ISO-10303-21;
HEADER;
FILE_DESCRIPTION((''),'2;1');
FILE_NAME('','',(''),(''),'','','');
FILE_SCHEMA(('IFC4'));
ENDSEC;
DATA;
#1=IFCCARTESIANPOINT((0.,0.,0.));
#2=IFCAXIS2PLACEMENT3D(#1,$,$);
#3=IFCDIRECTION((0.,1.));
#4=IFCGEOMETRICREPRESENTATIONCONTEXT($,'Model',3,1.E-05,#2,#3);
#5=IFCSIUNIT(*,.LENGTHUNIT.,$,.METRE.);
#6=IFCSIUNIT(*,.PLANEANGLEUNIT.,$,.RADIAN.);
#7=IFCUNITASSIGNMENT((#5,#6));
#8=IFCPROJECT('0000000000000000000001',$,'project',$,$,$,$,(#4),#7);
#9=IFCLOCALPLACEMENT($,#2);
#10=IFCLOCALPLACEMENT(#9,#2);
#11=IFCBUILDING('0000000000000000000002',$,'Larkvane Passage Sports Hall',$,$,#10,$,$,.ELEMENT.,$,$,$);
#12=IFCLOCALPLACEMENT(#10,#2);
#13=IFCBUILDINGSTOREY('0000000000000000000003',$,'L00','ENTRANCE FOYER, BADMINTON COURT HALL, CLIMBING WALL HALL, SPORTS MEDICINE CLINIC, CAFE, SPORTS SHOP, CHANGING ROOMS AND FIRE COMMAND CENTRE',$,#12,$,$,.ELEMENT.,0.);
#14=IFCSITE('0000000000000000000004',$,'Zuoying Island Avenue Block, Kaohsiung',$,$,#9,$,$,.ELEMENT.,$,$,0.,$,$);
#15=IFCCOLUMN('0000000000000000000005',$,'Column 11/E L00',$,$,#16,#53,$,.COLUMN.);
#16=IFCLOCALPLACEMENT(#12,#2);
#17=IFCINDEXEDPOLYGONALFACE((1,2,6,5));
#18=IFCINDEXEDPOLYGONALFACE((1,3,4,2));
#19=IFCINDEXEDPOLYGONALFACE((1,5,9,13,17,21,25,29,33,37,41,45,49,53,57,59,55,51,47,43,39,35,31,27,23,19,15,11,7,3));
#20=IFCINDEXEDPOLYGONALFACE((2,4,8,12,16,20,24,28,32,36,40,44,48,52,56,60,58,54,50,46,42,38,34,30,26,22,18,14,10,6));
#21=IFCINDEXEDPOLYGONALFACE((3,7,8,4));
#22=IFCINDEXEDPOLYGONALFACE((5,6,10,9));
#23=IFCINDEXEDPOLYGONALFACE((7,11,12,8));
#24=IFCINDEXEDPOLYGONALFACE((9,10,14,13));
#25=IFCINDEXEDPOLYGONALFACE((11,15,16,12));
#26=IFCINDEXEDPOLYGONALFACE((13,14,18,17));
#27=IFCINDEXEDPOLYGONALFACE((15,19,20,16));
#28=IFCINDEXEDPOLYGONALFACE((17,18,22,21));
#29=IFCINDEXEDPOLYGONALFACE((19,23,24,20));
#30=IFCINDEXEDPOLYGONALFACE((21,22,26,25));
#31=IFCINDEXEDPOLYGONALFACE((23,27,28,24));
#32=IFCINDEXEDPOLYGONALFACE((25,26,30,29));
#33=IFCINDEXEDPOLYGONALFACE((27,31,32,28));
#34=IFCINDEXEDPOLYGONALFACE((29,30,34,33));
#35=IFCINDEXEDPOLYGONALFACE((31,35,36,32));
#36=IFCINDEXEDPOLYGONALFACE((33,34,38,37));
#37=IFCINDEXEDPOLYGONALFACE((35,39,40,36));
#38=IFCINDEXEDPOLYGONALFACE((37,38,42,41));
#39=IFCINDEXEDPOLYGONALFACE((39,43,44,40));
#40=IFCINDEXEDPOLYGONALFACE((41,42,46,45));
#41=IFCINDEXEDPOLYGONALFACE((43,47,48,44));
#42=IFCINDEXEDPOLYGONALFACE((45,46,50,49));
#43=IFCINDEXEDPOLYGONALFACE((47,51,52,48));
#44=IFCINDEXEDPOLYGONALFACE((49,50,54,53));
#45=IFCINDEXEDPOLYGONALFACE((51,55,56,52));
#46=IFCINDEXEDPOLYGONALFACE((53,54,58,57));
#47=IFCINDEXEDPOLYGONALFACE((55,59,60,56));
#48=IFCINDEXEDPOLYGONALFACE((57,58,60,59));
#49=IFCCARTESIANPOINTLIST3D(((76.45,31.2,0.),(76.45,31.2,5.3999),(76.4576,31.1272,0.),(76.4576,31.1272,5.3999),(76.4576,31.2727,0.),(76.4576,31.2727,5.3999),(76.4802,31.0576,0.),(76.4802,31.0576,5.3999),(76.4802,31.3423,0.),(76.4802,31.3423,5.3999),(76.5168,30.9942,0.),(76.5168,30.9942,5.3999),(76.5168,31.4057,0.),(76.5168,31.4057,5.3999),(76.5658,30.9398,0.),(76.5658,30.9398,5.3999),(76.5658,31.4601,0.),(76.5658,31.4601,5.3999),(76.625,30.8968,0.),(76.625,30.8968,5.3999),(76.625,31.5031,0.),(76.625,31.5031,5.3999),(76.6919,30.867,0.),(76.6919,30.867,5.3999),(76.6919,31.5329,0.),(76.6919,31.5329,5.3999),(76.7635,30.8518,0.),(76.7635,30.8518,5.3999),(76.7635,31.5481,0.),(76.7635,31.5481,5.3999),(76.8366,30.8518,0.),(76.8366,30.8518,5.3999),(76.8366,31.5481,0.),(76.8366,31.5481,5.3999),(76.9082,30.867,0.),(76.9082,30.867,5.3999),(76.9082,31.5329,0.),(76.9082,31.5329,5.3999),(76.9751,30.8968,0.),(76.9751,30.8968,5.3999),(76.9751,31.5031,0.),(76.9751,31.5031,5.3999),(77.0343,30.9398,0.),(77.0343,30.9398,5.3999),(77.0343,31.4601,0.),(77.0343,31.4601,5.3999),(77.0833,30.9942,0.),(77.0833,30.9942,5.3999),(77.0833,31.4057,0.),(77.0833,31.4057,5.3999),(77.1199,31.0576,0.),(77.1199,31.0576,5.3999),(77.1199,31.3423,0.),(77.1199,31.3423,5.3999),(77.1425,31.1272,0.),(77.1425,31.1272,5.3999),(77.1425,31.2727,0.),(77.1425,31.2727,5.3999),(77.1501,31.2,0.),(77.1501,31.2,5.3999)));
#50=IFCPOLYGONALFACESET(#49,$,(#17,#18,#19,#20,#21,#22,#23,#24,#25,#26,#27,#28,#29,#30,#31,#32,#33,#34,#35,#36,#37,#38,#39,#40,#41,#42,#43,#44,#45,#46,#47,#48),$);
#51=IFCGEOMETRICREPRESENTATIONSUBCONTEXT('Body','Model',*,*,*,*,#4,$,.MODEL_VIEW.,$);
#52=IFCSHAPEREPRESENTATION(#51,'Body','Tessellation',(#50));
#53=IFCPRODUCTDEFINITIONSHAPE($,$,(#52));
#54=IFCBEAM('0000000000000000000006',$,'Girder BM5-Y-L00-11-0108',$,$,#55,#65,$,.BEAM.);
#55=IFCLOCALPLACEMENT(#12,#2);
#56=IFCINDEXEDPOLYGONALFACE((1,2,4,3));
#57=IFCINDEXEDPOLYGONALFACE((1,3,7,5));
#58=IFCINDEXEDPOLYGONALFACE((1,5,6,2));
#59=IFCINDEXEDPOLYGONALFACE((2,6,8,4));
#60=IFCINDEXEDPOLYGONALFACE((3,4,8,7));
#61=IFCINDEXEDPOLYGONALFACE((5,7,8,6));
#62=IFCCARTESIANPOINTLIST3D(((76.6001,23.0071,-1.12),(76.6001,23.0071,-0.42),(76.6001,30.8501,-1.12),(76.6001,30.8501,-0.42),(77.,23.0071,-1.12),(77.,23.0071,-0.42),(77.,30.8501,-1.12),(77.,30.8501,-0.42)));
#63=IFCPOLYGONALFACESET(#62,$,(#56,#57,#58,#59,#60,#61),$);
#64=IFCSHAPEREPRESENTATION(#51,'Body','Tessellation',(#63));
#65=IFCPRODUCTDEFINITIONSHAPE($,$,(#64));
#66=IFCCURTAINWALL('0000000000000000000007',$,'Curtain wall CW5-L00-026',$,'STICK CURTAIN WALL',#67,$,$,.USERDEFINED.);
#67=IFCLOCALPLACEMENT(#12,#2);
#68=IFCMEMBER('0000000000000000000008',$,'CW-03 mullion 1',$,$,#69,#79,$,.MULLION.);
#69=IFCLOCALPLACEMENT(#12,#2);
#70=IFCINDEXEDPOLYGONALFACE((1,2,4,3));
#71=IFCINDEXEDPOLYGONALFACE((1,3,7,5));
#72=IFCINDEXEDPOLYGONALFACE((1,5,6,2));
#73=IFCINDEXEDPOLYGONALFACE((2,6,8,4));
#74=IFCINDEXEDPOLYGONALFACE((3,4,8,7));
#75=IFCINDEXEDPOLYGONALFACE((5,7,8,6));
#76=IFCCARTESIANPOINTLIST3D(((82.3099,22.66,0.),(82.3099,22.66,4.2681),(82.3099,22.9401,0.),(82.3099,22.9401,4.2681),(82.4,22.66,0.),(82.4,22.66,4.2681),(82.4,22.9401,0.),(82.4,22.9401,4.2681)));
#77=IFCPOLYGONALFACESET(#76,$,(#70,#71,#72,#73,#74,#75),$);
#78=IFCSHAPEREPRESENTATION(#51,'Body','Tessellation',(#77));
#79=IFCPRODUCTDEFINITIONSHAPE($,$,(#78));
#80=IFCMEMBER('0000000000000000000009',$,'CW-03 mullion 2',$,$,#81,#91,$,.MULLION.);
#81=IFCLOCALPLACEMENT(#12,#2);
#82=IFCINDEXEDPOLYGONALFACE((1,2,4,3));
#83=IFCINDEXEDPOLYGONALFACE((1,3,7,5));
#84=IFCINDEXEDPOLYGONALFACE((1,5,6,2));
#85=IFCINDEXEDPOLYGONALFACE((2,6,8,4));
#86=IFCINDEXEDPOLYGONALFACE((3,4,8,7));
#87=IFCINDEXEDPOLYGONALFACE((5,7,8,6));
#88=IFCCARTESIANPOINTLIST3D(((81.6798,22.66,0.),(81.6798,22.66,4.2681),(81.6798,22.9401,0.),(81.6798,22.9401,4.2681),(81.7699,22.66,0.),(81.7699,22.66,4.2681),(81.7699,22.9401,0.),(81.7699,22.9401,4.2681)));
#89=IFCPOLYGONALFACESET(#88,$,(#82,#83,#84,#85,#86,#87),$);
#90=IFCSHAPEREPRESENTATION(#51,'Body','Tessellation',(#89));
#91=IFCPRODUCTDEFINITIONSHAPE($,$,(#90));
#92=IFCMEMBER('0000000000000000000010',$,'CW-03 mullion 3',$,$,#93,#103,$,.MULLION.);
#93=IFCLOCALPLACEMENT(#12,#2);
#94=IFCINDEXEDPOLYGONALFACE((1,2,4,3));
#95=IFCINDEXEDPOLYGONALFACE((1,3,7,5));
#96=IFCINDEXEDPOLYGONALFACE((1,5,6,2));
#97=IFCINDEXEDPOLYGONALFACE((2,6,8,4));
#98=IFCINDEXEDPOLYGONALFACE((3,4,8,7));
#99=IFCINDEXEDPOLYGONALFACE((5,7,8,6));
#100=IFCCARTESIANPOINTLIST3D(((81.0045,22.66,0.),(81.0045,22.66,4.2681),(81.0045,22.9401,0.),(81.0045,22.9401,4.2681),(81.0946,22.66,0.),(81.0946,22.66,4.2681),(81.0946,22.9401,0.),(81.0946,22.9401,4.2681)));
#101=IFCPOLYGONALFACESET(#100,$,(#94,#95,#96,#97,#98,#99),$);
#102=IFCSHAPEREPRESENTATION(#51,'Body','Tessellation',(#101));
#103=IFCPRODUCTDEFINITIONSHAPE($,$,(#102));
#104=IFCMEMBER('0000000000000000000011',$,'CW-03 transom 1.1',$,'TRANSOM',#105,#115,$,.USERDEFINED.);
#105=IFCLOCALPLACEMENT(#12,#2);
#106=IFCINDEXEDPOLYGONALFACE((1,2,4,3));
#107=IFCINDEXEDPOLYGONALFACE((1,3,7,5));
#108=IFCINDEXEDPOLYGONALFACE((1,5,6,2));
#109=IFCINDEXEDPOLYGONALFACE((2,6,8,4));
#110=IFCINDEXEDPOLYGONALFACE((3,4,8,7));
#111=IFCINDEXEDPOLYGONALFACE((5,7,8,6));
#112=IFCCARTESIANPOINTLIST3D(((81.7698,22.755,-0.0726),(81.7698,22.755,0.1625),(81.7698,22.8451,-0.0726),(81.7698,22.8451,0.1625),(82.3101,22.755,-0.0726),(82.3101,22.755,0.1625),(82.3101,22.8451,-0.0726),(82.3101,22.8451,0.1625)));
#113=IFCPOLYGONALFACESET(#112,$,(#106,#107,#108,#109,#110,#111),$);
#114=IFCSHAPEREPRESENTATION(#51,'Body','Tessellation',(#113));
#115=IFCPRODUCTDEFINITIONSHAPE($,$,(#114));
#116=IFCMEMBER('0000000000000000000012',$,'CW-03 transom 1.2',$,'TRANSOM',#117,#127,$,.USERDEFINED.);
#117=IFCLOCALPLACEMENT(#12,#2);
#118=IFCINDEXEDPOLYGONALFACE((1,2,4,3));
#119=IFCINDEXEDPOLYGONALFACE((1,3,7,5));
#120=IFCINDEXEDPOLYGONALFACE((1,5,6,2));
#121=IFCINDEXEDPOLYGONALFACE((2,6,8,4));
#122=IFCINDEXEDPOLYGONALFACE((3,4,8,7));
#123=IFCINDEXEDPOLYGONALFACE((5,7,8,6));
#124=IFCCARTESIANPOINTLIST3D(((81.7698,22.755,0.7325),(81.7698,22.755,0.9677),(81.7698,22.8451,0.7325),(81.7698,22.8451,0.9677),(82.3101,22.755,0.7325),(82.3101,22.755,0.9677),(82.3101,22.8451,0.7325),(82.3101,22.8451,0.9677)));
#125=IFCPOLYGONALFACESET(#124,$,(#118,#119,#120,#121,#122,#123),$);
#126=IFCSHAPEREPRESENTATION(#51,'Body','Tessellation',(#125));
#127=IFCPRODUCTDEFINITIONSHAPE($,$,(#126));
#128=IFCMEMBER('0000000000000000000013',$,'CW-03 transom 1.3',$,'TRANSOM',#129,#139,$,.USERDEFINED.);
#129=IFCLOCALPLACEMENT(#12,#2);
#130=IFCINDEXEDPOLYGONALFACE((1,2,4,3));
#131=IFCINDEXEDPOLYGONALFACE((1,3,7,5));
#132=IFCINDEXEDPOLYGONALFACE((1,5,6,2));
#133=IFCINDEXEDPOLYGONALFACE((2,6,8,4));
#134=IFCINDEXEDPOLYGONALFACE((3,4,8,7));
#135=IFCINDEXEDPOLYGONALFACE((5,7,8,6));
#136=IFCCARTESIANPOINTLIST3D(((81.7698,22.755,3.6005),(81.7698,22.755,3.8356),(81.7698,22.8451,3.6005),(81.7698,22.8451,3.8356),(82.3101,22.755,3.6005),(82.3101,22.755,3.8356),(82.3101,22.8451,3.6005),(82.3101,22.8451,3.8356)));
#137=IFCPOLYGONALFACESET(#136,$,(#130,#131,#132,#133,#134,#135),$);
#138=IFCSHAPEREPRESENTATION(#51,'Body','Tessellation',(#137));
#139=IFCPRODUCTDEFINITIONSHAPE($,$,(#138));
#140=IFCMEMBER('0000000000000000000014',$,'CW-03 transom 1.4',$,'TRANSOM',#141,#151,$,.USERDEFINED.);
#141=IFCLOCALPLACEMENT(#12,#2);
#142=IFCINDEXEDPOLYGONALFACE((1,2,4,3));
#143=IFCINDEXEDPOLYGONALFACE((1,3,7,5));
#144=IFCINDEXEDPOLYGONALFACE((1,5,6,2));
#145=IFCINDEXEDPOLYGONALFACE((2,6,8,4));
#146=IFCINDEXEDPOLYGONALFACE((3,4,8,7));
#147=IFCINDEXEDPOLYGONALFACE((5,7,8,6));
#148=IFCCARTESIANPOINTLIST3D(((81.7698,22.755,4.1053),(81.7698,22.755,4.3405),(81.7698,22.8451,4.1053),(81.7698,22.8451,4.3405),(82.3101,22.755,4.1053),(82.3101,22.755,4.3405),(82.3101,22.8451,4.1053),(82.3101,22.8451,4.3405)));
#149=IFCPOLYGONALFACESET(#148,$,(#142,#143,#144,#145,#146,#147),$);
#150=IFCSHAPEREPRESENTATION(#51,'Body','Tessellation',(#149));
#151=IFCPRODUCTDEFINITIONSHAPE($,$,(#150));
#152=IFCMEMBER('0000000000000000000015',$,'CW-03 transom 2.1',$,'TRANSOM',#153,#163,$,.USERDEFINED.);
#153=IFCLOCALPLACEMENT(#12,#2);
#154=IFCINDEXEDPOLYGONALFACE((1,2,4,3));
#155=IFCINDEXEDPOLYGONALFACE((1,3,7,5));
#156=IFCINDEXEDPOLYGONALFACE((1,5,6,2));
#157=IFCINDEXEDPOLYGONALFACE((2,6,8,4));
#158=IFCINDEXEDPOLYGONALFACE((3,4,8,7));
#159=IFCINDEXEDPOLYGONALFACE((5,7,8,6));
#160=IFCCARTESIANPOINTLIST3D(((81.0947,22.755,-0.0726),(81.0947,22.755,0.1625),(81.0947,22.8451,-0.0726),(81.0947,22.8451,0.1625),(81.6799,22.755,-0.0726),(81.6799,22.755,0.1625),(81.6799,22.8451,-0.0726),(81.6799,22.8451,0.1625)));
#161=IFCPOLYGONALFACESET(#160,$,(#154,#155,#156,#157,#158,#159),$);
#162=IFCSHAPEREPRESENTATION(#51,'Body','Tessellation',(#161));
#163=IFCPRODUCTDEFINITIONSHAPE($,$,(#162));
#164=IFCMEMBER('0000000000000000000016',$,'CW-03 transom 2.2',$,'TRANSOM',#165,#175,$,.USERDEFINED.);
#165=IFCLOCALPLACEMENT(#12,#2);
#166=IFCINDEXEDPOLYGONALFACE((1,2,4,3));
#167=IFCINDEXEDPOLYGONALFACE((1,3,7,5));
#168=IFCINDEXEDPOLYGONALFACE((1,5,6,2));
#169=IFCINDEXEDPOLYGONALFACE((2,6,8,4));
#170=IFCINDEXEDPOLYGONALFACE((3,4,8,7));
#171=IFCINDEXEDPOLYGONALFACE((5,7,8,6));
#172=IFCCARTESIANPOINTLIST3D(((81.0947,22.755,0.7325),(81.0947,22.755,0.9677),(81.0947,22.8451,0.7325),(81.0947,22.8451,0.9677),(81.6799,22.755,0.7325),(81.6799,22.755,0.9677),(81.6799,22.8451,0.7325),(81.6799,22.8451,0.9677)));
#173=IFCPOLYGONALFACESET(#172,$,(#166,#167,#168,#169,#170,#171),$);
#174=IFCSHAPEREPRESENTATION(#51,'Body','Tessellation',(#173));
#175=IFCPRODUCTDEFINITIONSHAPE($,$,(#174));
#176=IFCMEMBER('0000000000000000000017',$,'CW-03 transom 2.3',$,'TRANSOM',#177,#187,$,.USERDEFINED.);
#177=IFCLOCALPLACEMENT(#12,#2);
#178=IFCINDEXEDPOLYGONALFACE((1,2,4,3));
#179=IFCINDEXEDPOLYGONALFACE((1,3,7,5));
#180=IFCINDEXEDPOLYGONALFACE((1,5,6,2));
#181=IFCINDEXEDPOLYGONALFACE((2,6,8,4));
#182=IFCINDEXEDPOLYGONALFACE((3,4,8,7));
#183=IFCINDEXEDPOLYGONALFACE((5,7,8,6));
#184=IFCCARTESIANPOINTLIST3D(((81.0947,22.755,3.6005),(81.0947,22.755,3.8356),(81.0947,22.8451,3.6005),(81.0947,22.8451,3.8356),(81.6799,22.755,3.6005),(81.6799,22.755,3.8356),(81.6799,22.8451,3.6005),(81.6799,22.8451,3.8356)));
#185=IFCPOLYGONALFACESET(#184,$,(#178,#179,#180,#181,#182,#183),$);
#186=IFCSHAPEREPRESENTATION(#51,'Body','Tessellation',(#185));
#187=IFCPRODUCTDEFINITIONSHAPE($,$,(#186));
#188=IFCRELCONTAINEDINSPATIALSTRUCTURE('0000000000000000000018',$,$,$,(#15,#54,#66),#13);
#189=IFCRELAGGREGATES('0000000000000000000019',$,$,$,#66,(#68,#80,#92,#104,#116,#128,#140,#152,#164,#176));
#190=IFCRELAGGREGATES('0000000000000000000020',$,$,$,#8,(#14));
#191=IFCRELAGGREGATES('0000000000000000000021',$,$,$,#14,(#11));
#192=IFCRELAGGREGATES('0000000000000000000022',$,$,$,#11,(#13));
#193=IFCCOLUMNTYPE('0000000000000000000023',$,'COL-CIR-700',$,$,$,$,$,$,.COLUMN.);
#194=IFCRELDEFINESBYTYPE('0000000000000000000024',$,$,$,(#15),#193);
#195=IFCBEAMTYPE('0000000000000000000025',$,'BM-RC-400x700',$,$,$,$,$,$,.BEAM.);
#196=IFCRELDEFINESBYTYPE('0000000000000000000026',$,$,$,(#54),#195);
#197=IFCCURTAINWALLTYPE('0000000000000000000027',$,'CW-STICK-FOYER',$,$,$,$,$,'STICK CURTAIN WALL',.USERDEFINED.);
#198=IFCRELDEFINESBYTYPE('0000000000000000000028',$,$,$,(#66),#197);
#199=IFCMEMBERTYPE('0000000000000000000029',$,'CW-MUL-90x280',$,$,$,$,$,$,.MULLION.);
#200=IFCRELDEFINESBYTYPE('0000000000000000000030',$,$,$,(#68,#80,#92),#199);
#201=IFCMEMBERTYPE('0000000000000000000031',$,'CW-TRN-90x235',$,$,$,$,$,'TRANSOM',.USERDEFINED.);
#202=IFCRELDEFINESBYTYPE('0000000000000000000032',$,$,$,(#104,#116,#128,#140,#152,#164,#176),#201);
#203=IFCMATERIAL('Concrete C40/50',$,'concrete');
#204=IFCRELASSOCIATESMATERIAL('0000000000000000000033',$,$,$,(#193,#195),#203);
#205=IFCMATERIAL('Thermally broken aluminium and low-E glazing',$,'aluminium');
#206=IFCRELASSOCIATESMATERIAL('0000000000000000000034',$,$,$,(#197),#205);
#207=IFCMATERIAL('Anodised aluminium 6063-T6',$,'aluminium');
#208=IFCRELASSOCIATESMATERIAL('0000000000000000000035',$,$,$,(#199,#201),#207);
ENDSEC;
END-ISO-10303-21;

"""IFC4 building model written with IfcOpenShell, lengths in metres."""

from ifc_helpers import new_model, si_unit, direction, frame, origin, origin_2d, place, context, subcontext, project, spatial, rectangle, circle, extrude, material, material_profile, profile_set, type_object, element, aggregate, save


model = new_model("IFC4")

# Units and contexts
model_context = context("Model", 3, precision=1e-05, world=origin(), true_north=direction((0.0, 1.0)))
body_context = subcontext(model_context, "Body", "Model", "MODEL_VIEW")
ifc_project = project(units=[si_unit("LENGTHUNIT", "METRE"), si_unit("PLANEANGLEUNIT", "RADIAN")], contexts=[model_context])

# Site, building, storey
site_placement = place(None, origin())
site = spatial("IfcSite", under=ifc_project, at=site_placement, Name="Zuoying Island Avenue Block, Kaohsiung", CompositionType="ELEMENT", RefElevation=0.0)
building_placement = place(site_placement, origin())
building = spatial("IfcBuilding", under=site, at=building_placement, Name="Larkvane Passage Sports Hall", CompositionType="ELEMENT")
storey_placement = place(building_placement, origin())
storey = spatial("IfcBuildingStorey", under=building, at=storey_placement, Name="L00", Description="ENTRANCE FOYER, BADMINTON COURT HALL, CLIMBING WALL HALL, SPORTS MEDICINE CLINIC, CAFE, SPORTS SHOP, CHANGING ROOMS AND FIRE COMMAND CENTRE", CompositionType="ELEMENT", Elevation=0.0)

# Column
ifc_material_1 = material(Name="Concrete C40/50", Category="concrete")
ifc_material_profile_1 = material_profile(ifc_material_1, circle(Radius=0.3501, at=origin_2d()), Name="RC-CIR-700")
ifc_profile_set_1 = profile_set([ifc_material_profile_1], Name="Concrete C40/50")
column_type = type_object("IfcColumnType", Name="COL-CIR-700", PredefinedType="COLUMN", material=ifc_profile_set_1)
column_placement = place(storey_placement, frame((76.8, 31.2, 0.0), z_axis=(0.0, 0.0, 1.0), x_axis=(1.0, 0.0, 0.0)))
element("IfcColumn", 1, at=column_placement, inside=storey, type_object=column_type, Name="Column 11/E L00", PredefinedType="COLUMN", context=body_context, shape_type="SweptSolid", body=[
    extrude(circle(Radius=0.3501, at=origin_2d()), origin(), (0.0, 0.0, 1.0), 5.3999),
])

# Beam
ifc_material_profile_2 = material_profile(ifc_material_1, rectangle(XDim=0.3999, YDim=0.7, at=origin_2d()), Name="RC-BM-400x700")
ifc_profile_set_2 = profile_set([ifc_material_profile_2], Name="Concrete C40/50")
beam_type = type_object("IfcBeamType", Name="BM-RC-400x700", PredefinedType="BEAM", material=ifc_profile_set_2)
beam_placement = place(storey_placement, frame((76.8, 23.0071, -0.77), z_axis=(0.0, 1.0, 0.0), x_axis=(-1.0, 0.0, 0.0)))
element("IfcBeam", 2, at=beam_placement, inside=storey, type_object=beam_type, Name="Girder BM5-Y-L00-11-0108", PredefinedType="BEAM", context=body_context, shape_type="SweptSolid", body=[
    extrude(rectangle(XDim=0.3999, YDim=0.7, at=origin_2d()), origin(), (0.0, 0.0, 1.0), 7.843),
])

# Curtain wall, members
ifc_material_2 = material(Name="Thermally broken aluminium and low-E glazing", Category="aluminium")
curtain_wall_type = type_object("IfcCurtainWallType", Name="CW-STICK-FOYER", ElementType="STICK CURTAIN WALL", PredefinedType="USERDEFINED", material=ifc_material_2)
curtain_wall_placement = place(storey_placement, origin())
curtain_wall = element("IfcCurtainWall", 3, at=curtain_wall_placement, inside=storey, type_object=curtain_wall_type, Name="Curtain wall CW5-L00-026", ObjectType="STICK CURTAIN WALL", PredefinedType="USERDEFINED")
ifc_material_3 = material(Name="Anodised aluminium 6063-T6", Category="aluminium")
ifc_material_profile_3 = material_profile(ifc_material_3, rectangle(XDim=0.0901, YDim=0.28, at=origin_2d()), Name="ALU-MUL-90x280")
ifc_profile_set_3 = profile_set([ifc_material_profile_3], Name="Anodised aluminium 6063-T6")
member_type_1 = type_object("IfcMemberType", Name="CW-MUL-90x280", PredefinedType="MULLION", material=ifc_profile_set_3)
member_1_placement = place(storey_placement, frame((82.355, 22.8, 0.0), z_axis=(0.0, 0.0, 1.0), x_axis=(-1.0, 0.0, 0.0)))
member_1 = element("IfcMember", 4, at=member_1_placement, type_object=member_type_1, Name="CW-03 mullion 1", PredefinedType="MULLION", context=body_context, shape_type="SweptSolid", body=[
    extrude(rectangle(XDim=0.0901, YDim=0.28, at=origin_2d()), origin(), (0.0, 0.0, 1.0), 4.2681),
])
member_2_placement = place(storey_placement, frame((81.7249, 22.8, 0.0), z_axis=(0.0, 0.0, 1.0), x_axis=(-1.0, 0.0, 0.0)))
member_2 = element("IfcMember", 5, at=member_2_placement, type_object=member_type_1, Name="CW-03 mullion 2", PredefinedType="MULLION", context=body_context, shape_type="SweptSolid", body=[
    extrude(rectangle(XDim=0.0901, YDim=0.28, at=origin_2d()), origin(), (0.0, 0.0, 1.0), 4.2681),
])
member_3_placement = place(storey_placement, frame((81.0496, 22.8, 0.0), z_axis=(0.0, 0.0, 1.0), x_axis=(-1.0, 0.0, 0.0)))
member_3 = element("IfcMember", 6, at=member_3_placement, type_object=member_type_1, Name="CW-03 mullion 3", PredefinedType="MULLION", context=body_context, shape_type="SweptSolid", body=[
    extrude(rectangle(XDim=0.0901, YDim=0.28, at=origin_2d()), origin(), (0.0, 0.0, 1.0), 4.2681),
])
ifc_material_profile_4 = material_profile(ifc_material_3, rectangle(XDim=0.0901, YDim=0.2351, at=origin_2d()), Name="ALU-TRN-90x235")
ifc_profile_set_4 = profile_set([ifc_material_profile_4], Name="Anodised aluminium 6063-T6")
member_type_2 = type_object("IfcMemberType", Name="CW-TRN-90x235", ElementType="TRANSOM", PredefinedType="USERDEFINED", material=ifc_profile_set_4)
member_4_placement = place(storey_placement, frame((82.3101, 22.8, 0.0449), z_axis=(-1.0, 0.0, 0.0), x_axis=(0.0, -1.0, 0.0)))
member_4 = element("IfcMember", 7, at=member_4_placement, type_object=member_type_2, Name="CW-03 transom 1.1", ObjectType="TRANSOM", PredefinedType="USERDEFINED", context=body_context, shape_type="SweptSolid", body=[
    extrude(rectangle(XDim=0.0901, YDim=0.2351, at=origin_2d()), origin(), (0.0, 0.0, 1.0), 0.5403),
])
member_5_placement = place(storey_placement, frame((82.3101, 22.8, 0.8501), z_axis=(-1.0, 0.0, 0.0), x_axis=(0.0, -1.0, 0.0)))
member_5 = element("IfcMember", 8, at=member_5_placement, type_object=member_type_2, Name="CW-03 transom 1.2", ObjectType="TRANSOM", PredefinedType="USERDEFINED", context=body_context, shape_type="SweptSolid", body=[
    extrude(rectangle(XDim=0.0901, YDim=0.2351, at=origin_2d()), origin(), (0.0, 0.0, 1.0), 0.5403),
])
member_6_placement = place(storey_placement, frame((82.3101, 22.8, 3.718), z_axis=(-1.0, 0.0, 0.0), x_axis=(0.0, -1.0, 0.0)))
member_6 = element("IfcMember", 9, at=member_6_placement, type_object=member_type_2, Name="CW-03 transom 1.3", ObjectType="TRANSOM", PredefinedType="USERDEFINED", context=body_context, shape_type="SweptSolid", body=[
    extrude(rectangle(XDim=0.0901, YDim=0.2351, at=origin_2d()), origin(), (0.0, 0.0, 1.0), 0.5403),
])
member_7_placement = place(storey_placement, frame((82.3101, 22.8, 4.2229), z_axis=(-1.0, 0.0, 0.0), x_axis=(0.0, -1.0, 0.0)))
member_7 = element("IfcMember", 10, at=member_7_placement, type_object=member_type_2, Name="CW-03 transom 1.4", ObjectType="TRANSOM", PredefinedType="USERDEFINED", context=body_context, shape_type="SweptSolid", body=[
    extrude(rectangle(XDim=0.0901, YDim=0.2351, at=origin_2d()), origin(), (0.0, 0.0, 1.0), 0.5403),
])
member_8_placement = place(storey_placement, frame((81.6799, 22.8, 0.0449), z_axis=(-1.0, 0.0, 0.0), x_axis=(0.0, -1.0, 0.0)))
member_8 = element("IfcMember", 11, at=member_8_placement, type_object=member_type_2, Name="CW-03 transom 2.1", ObjectType="TRANSOM", PredefinedType="USERDEFINED", context=body_context, shape_type="SweptSolid", body=[
    extrude(rectangle(XDim=0.0901, YDim=0.2351, at=origin_2d()), origin(), (0.0, 0.0, 1.0), 0.5852),
])
member_9_placement = place(storey_placement, frame((81.6799, 22.8, 0.8501), z_axis=(-1.0, 0.0, 0.0), x_axis=(0.0, -1.0, 0.0)))
member_9 = element("IfcMember", 12, at=member_9_placement, type_object=member_type_2, Name="CW-03 transom 2.2", ObjectType="TRANSOM", PredefinedType="USERDEFINED", context=body_context, shape_type="SweptSolid", body=[
    extrude(rectangle(XDim=0.0901, YDim=0.2351, at=origin_2d()), origin(), (0.0, 0.0, 1.0), 0.5852),
])
member_10_placement = place(storey_placement, frame((81.6799, 22.8, 3.718), z_axis=(-1.0, 0.0, 0.0), x_axis=(0.0, -1.0, 0.0)))
member_10 = element("IfcMember", 13, at=member_10_placement, type_object=member_type_2, Name="CW-03 transom 2.3", ObjectType="TRANSOM", PredefinedType="USERDEFINED", context=body_context, shape_type="SweptSolid", body=[
    extrude(rectangle(XDim=0.0901, YDim=0.2351, at=origin_2d()), origin(), (0.0, 0.0, 1.0), 0.5852),
])
aggregate(curtain_wall, [member_1, member_2, member_3, member_4, member_5, member_6, member_7, member_8, member_9, member_10])

save(model, "model.ifc")
